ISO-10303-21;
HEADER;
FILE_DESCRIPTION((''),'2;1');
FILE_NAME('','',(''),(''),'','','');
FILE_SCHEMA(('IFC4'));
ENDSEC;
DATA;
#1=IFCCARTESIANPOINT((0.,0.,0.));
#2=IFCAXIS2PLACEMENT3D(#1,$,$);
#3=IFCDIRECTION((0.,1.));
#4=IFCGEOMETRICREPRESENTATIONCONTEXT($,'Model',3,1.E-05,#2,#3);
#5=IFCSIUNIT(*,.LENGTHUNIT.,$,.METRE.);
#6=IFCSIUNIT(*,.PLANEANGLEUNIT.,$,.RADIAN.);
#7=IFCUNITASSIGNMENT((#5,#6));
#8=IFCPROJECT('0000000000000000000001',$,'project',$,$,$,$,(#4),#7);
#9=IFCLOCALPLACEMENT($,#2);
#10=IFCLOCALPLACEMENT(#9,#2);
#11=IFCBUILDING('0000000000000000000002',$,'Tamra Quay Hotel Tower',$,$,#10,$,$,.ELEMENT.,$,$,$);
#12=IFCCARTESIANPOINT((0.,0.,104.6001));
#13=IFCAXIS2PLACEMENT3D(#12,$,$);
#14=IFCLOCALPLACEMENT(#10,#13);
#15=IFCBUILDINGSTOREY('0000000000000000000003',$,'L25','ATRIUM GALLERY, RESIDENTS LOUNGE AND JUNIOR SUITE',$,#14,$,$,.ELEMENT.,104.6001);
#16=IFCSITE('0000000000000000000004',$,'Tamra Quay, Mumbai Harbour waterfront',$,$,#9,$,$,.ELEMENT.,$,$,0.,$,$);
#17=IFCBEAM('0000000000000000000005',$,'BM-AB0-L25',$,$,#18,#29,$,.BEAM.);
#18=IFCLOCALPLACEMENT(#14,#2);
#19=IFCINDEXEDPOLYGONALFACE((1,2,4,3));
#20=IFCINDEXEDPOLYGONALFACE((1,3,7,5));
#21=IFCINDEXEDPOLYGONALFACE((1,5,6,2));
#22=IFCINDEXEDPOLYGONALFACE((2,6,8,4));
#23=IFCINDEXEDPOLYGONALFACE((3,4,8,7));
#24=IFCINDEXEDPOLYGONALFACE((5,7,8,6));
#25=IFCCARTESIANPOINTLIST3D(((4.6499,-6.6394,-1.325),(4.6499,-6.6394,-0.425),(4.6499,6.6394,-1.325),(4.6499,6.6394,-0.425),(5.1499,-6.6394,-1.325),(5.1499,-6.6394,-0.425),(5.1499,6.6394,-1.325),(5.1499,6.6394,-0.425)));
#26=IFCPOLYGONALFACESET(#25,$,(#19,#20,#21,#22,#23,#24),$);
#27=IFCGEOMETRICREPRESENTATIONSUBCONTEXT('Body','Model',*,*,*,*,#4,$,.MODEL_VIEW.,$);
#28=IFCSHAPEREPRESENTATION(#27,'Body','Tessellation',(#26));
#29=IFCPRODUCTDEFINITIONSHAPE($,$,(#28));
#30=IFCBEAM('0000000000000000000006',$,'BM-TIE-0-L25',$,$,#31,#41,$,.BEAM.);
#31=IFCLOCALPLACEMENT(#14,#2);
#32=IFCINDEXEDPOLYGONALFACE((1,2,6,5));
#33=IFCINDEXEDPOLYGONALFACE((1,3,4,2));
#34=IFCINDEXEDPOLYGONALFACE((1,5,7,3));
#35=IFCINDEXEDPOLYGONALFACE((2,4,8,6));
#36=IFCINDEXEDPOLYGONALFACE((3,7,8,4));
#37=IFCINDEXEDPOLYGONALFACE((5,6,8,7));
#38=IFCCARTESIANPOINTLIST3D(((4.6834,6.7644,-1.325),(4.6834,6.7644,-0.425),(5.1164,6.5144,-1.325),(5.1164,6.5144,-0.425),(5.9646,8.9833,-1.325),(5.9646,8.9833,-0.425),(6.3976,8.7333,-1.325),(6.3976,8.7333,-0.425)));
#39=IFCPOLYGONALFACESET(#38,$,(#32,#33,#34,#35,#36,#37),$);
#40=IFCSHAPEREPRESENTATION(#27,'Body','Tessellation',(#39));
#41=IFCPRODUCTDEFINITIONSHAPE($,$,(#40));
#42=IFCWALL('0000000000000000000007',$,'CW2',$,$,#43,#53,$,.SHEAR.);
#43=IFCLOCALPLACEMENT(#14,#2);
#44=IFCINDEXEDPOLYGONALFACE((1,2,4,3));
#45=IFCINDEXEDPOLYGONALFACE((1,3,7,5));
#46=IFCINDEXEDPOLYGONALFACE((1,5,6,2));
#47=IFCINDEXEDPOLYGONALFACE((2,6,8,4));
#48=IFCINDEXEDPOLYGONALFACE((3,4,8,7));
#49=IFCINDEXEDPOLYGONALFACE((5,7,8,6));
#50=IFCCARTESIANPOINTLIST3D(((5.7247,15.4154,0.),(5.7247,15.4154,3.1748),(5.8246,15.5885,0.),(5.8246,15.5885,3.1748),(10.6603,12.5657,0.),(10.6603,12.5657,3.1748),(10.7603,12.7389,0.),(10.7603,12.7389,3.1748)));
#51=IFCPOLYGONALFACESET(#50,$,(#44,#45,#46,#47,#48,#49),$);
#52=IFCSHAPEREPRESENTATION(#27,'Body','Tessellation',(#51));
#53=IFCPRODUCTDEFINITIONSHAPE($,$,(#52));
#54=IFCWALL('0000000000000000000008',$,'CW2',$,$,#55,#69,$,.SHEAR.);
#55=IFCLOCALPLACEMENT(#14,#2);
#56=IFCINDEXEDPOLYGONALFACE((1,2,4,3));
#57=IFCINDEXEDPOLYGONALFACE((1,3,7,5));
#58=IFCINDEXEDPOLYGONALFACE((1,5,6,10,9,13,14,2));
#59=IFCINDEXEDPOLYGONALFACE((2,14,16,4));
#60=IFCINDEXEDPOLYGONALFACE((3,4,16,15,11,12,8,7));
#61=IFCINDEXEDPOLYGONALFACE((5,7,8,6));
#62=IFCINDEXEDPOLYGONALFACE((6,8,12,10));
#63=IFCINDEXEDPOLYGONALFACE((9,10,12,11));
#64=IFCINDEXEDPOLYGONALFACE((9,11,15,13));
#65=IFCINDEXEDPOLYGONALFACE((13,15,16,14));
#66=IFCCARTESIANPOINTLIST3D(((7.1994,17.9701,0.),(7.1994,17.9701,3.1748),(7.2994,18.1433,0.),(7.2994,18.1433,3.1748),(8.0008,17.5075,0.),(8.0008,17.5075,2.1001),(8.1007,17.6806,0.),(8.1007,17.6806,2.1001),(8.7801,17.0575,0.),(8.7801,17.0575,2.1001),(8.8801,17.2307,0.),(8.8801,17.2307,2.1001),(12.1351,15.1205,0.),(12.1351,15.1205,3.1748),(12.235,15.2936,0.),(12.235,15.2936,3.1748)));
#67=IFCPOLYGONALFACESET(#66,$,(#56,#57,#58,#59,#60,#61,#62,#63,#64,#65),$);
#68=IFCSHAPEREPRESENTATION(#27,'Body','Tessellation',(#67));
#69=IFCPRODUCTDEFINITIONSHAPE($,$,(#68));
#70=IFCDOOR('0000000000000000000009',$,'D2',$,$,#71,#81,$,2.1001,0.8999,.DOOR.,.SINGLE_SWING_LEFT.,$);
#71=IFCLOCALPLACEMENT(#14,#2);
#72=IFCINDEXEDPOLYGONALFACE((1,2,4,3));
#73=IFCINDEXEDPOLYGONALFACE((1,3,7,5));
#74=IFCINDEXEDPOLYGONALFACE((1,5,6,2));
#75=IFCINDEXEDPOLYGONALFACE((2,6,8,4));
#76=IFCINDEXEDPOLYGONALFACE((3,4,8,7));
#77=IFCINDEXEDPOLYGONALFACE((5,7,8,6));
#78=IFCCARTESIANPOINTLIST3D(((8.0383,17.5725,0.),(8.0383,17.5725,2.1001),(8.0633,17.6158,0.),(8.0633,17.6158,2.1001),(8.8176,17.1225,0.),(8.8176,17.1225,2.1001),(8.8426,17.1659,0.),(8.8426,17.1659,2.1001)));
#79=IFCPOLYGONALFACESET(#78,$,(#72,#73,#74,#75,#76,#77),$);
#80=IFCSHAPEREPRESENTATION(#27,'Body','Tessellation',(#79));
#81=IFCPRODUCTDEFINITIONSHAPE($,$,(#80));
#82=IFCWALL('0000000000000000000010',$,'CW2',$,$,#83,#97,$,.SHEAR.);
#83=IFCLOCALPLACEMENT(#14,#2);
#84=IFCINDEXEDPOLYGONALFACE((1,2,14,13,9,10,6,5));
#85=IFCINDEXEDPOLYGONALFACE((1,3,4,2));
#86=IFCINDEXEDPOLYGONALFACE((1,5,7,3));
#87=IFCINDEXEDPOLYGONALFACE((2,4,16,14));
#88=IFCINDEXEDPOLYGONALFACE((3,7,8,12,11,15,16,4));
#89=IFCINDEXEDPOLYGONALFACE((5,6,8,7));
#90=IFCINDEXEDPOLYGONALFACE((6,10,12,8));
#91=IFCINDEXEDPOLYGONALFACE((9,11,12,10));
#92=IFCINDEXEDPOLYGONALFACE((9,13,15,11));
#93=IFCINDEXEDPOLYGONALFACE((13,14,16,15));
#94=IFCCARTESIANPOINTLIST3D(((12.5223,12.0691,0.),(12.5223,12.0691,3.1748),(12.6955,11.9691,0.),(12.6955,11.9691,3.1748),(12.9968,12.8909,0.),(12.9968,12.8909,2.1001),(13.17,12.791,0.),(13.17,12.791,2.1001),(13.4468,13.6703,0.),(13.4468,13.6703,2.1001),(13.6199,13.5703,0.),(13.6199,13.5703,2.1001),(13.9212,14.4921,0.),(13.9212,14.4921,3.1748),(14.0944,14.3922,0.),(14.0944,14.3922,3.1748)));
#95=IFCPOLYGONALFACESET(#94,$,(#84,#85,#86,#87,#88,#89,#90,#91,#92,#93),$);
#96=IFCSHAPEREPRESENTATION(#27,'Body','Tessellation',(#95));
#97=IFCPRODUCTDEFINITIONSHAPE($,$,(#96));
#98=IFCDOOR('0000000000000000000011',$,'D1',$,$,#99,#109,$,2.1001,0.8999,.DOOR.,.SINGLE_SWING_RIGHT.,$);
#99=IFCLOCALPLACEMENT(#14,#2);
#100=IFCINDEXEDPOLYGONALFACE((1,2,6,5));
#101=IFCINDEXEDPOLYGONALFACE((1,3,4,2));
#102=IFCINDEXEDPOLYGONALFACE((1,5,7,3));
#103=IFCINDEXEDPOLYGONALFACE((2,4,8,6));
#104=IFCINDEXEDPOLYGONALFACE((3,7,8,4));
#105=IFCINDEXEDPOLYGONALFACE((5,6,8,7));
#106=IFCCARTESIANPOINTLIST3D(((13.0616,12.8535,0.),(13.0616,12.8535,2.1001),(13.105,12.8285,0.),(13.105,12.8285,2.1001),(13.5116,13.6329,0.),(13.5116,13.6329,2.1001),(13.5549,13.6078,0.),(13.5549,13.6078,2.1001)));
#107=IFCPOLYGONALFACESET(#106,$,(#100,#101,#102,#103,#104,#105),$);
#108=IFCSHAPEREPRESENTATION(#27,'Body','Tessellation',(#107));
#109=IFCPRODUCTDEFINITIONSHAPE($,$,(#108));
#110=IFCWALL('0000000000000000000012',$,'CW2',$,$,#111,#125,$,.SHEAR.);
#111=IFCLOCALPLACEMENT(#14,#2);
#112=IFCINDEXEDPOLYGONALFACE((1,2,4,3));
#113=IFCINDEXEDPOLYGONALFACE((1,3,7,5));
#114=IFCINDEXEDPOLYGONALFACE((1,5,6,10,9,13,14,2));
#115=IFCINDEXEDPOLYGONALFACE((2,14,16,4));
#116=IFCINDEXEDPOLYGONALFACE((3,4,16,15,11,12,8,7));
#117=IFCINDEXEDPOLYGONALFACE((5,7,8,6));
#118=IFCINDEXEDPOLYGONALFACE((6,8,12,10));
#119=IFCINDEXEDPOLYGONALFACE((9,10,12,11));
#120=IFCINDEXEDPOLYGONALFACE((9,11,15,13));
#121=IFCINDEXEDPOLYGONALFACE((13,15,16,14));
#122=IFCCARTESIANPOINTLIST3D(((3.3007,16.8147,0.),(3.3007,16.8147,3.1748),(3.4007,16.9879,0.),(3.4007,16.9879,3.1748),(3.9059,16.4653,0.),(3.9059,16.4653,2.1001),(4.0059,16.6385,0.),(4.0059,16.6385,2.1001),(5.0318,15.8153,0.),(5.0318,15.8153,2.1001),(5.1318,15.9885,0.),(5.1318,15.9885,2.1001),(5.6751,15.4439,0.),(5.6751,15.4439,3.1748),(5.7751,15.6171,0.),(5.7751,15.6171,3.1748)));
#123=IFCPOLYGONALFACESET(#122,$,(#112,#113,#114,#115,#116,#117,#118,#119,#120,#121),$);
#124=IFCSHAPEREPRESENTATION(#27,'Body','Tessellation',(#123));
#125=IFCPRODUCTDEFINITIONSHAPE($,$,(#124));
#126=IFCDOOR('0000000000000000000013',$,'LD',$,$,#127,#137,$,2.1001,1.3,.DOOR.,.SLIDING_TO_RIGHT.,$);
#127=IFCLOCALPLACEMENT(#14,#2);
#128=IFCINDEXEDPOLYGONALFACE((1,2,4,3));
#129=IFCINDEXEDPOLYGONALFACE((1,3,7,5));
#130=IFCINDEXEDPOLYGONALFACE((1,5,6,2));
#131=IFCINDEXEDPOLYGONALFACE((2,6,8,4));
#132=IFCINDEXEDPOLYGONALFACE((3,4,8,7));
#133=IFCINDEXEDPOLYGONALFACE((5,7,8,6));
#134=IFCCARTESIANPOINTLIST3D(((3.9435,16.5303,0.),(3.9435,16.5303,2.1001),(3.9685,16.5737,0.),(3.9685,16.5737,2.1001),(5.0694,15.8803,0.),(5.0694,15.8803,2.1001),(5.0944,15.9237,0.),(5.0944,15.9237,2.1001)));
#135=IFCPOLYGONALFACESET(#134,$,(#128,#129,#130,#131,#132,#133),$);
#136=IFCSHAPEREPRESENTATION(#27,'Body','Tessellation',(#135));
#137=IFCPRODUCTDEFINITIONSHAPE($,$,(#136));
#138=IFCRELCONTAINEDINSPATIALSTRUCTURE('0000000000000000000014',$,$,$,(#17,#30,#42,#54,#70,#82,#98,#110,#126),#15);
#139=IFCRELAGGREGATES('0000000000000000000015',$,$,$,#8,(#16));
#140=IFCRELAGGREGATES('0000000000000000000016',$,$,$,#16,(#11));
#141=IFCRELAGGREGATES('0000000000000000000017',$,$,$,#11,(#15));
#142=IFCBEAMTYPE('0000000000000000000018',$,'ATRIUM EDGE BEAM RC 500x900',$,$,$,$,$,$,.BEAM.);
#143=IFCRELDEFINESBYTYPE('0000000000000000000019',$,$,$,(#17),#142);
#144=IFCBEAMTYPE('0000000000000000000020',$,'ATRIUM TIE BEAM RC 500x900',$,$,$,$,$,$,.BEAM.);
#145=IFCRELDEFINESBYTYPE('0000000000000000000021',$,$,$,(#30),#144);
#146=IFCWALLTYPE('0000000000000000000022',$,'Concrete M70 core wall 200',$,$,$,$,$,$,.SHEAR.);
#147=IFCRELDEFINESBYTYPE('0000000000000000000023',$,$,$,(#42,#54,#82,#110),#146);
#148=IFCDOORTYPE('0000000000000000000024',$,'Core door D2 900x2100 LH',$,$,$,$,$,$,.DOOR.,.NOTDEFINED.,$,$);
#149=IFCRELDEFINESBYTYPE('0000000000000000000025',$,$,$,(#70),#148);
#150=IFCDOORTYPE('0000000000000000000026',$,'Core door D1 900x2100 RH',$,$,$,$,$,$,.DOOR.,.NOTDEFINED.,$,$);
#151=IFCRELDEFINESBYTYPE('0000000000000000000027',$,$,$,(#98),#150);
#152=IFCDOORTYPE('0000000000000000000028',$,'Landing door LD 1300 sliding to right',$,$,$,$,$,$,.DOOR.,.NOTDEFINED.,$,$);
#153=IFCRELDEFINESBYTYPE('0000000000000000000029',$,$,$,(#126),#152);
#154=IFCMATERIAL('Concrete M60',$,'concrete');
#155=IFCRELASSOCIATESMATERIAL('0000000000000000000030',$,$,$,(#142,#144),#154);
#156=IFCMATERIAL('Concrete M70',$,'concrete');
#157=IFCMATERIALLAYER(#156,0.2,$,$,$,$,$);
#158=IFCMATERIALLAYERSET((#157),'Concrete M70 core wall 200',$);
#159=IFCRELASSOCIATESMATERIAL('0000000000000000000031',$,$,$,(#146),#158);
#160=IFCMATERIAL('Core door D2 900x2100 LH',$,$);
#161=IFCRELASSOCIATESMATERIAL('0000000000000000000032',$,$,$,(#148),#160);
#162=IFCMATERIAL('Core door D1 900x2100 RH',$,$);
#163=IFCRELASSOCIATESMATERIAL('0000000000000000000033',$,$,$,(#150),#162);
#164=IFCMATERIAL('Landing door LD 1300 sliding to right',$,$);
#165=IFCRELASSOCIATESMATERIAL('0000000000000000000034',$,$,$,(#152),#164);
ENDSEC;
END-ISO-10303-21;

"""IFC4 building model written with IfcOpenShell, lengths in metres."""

from ifc_helpers import new_model, si_unit, direction, frame, frame_2d, origin, origin_2d, place, context, subcontext, project, spatial, rectangle, extrude, material, layer, layer_set, material_profile, profile_set, type_object, element, fill, save


model = new_model("IFC4")

# Units and contexts
model_context = context("Model", 3, precision=1e-05, world=origin(), true_north=direction((0.0, 1.0)))
body_context = subcontext(model_context, "Body", "Model", "MODEL_VIEW")
ifc_project = project(units=[si_unit("LENGTHUNIT", "METRE"), si_unit("PLANEANGLEUNIT", "RADIAN")], contexts=[model_context])

# Site, building, storey
site_placement = place(None, origin())
site = spatial("IfcSite", under=ifc_project, at=site_placement, Name="Tamra Quay, Mumbai Harbour waterfront", CompositionType="ELEMENT", RefElevation=0.0)
building_placement = place(site_placement, origin())
building = spatial("IfcBuilding", under=site, at=building_placement, Name="Tamra Quay Hotel Tower", CompositionType="ELEMENT")
storey_placement = place(building_placement, frame((0.0, 0.0, 104.6001)))
storey = spatial("IfcBuildingStorey", under=building, at=storey_placement, Name="L25", Description="ATRIUM GALLERY, RESIDENTS LOUNGE AND JUNIOR SUITE", CompositionType="ELEMENT", Elevation=104.6001)

# Beams
ifc_material_1 = material(Name="Concrete M60", Category="concrete")
ifc_material_profile_1 = material_profile(ifc_material_1, rectangle(XDim=0.5, YDim=0.8999, at=origin_2d()), Name="ATRIUM EDGE BEAM RC 500x900")
ifc_profile_set_1 = profile_set([ifc_material_profile_1], Name="Concrete M60")
beam_type_1 = type_object("IfcBeamType", Name="ATRIUM EDGE BEAM RC 500x900", PredefinedType="BEAM", material=ifc_profile_set_1)
beam_1_placement = place(storey_placement, frame((4.8999, 6.6394, -0.875), z_axis=(0.0, -1.0, 0.0), x_axis=(1.0, 0.0, 0.0)))
element("IfcBeam", 1, at=beam_1_placement, inside=storey, type_object=beam_type_1, Name="BM-AB0-L25", PredefinedType="BEAM", context=body_context, shape_type="SweptSolid", body=[
    extrude(rectangle(XDim=0.5, YDim=0.8999, at=origin_2d()), origin(), (0.0, 0.0, 1.0), 13.2788),
])
ifc_material_profile_2 = material_profile(ifc_material_1, rectangle(XDim=0.5, YDim=0.8999, at=origin_2d()), Name="ATRIUM TIE BEAM RC 500x900")
ifc_profile_set_2 = profile_set([ifc_material_profile_2], Name="Concrete M60")
beam_type_2 = type_object("IfcBeamType", Name="ATRIUM TIE BEAM RC 500x900", PredefinedType="BEAM", material=ifc_profile_set_2)
beam_2_placement = place(storey_placement, frame((4.8999, 6.6394, -0.875), z_axis=(0.500033, 0.866006, 0.0), x_axis=(-0.866006, 0.500033, 0.0)))
element("IfcBeam", 2, at=beam_2_placement, inside=storey, type_object=beam_type_2, Name="BM-TIE-0-L25", PredefinedType="BEAM", context=body_context, shape_type="SweptSolid", body=[
    extrude(rectangle(XDim=0.5, YDim=0.8999, at=origin_2d()), origin(), (0.0, 0.0, 1.0), 2.5623),
])

# Wall
ifc_material_2 = material(Name="Concrete M70", Category="concrete")
ifc_layer_1 = layer(ifc_material_2, 0.2)
ifc_layer_set_1 = layer_set([ifc_layer_1], Name="Concrete M70 core wall 200")
wall_type_1 = type_object("IfcWallType", Name="Concrete M70 core wall 200", PredefinedType="SHEAR", material=ifc_layer_set_1)
wall_1_placement = place(storey_placement, frame((5.7747, 15.502, 0.0), z_axis=(0.0, 0.0, 1.0), x_axis=(0.86602, -0.500009, 0.0)))
element("IfcWall", 3, at=wall_1_placement, inside=storey, type_object=wall_type_1, Name="CW2", PredefinedType="SHEAR", context=body_context, shape_type="SweptSolid", body=[
    extrude(rectangle(XDim=5.6992, YDim=0.2, at=frame_2d((2.8496, 0.0))), origin(), (0.0, 0.0, 1.0), 3.1748),
])

# Walls, openings, doors
wall_2_placement = place(storey_placement, frame((12.1851, 15.207, 0.0), z_axis=(0.0, 0.0, 1.0), x_axis=(-0.86602, 0.500009, 0.0)))
wall_2 = element("IfcWall", 4, at=wall_2_placement, inside=storey, type_object=wall_type_1, Name="CW2", PredefinedType="SHEAR", context=body_context, shape_type="SweptSolid", body=[
    extrude(rectangle(XDim=5.6992, YDim=0.2, at=frame_2d((2.8496, 0.0))), origin(), (0.0, 0.0, 1.0), 3.1748),
])
opening_1_placement = place(wall_2_placement, frame((3.874, 0.0, 0.0)))
opening_1 = element("IfcOpeningElement", 5, at=opening_1_placement, cuts=wall_2, PredefinedType="OPENING", context=body_context, shape_type="SweptSolid", body=[
    extrude(rectangle(XDim=0.8999, YDim=2.1001, at=frame_2d((0.45, 1.05))), frame((0.0, 0.1099, 0.0), z_axis=(0.0, -1.0, 0.0), x_axis=(1.0, 0.0, 0.0)), (0.0, 0.0, 1.0), 0.22),
])
ifc_material_3 = material(Name="Core door D2 900x2100 LH")
door_type_1 = type_object("IfcDoorType", Name="Core door D2 900x2100 LH", OperationType="NOTDEFINED", PredefinedType="DOOR", material=ifc_material_3)
door_1_placement = place(opening_1_placement, origin())
door_1 = element("IfcDoor", 6, at=door_1_placement, inside=storey, type_object=door_type_1, Name="D2", OperationType="SINGLE_SWING_LEFT", OverallHeight=2.1001, OverallWidth=0.8999, PredefinedType="DOOR", context=body_context, shape_type="SweptSolid", body=[
    extrude(rectangle(XDim=0.8999, YDim=2.1001, at=frame_2d((0.45, 1.05))), frame((0.0, 0.0249, 0.0), z_axis=(0.0, -1.0, 0.0), x_axis=(1.0, 0.0, 0.0)), (0.0, 0.0, 1.0), 0.05),
])
fill(opening_1, door_1)
wall_3_placement = place(storey_placement, frame((14.0078, 14.4421, 0.0), z_axis=(0.0, 0.0, 1.0), x_axis=(-0.499987, -0.866033, 0.0)))
wall_3 = element("IfcWall", 7, at=wall_3_placement, inside=storey, type_object=wall_type_1, Name="CW2", PredefinedType="SHEAR", context=body_context, shape_type="SweptSolid", body=[
    extrude(rectangle(XDim=2.7979, YDim=0.2, at=frame_2d((1.3989, 0.0))), origin(), (0.0, 0.0, 1.0), 3.1748),
])
opening_2_placement = place(wall_3_placement, frame((0.949, 0.0, 0.0)))
opening_2 = element("IfcOpeningElement", 8, at=opening_2_placement, cuts=wall_3, PredefinedType="OPENING", context=body_context, shape_type="SweptSolid", body=[
    extrude(rectangle(XDim=0.8999, YDim=2.1001, at=frame_2d((0.45, 1.05))), frame((0.0, 0.1099, 0.0), z_axis=(0.0, -1.0, 0.0), x_axis=(1.0, 0.0, 0.0)), (0.0, 0.0, 1.0), 0.22),
])
ifc_material_4 = material(Name="Core door D1 900x2100 RH")
door_type_2 = type_object("IfcDoorType", Name="Core door D1 900x2100 RH", OperationType="NOTDEFINED", PredefinedType="DOOR", material=ifc_material_4)
door_2_placement = place(opening_2_placement, origin())
door_2 = element("IfcDoor", 9, at=door_2_placement, inside=storey, type_object=door_type_2, Name="D1", OperationType="SINGLE_SWING_RIGHT", OverallHeight=2.1001, OverallWidth=0.8999, PredefinedType="DOOR", context=body_context, shape_type="SweptSolid", body=[
    extrude(rectangle(XDim=0.8999, YDim=2.1001, at=frame_2d((0.45, 1.05))), frame((0.0, 0.0249, 0.0), z_axis=(0.0, -1.0, 0.0), x_axis=(1.0, 0.0, 0.0)), (0.0, 0.0, 1.0), 0.05),
])
fill(opening_2, door_2)
wall_4_placement = place(storey_placement, frame((5.7251, 15.5305, 0.0), z_axis=(0.0, 0.0, 1.0), x_axis=(-0.866037, 0.499979, 0.0)))
wall_4 = element("IfcWall", 10, at=wall_4_placement, inside=storey, type_object=wall_type_1, Name="CW2", PredefinedType="SHEAR", context=body_context, shape_type="SweptSolid", body=[
    extrude(rectangle(XDim=2.7417, YDim=0.2, at=frame_2d((1.3708, 0.0))), origin(), (0.0, 0.0, 1.0), 3.1748),
])
opening_3_placement = place(wall_4_placement, frame((0.7429, 0.0, 0.0)))
opening_3 = element("IfcOpeningElement", 11, at=opening_3_placement, cuts=wall_4, PredefinedType="OPENING", context=body_context, shape_type="SweptSolid", body=[
    extrude(rectangle(XDim=1.3, YDim=2.1001, at=frame_2d((0.6499, 1.05))), frame((0.0, 0.1099, 0.0), z_axis=(0.0, -1.0, 0.0), x_axis=(1.0, 0.0, 0.0)), (0.0, 0.0, 1.0), 0.22),
])
ifc_material_5 = material(Name="Landing door LD 1300 sliding to right")
door_type_3 = type_object("IfcDoorType", Name="Landing door LD 1300 sliding to right", OperationType="NOTDEFINED", PredefinedType="DOOR", material=ifc_material_5)
door_3_placement = place(opening_3_placement, origin())
door_3 = element("IfcDoor", 12, at=door_3_placement, inside=storey, type_object=door_type_3, Name="LD", OperationType="SLIDING_TO_RIGHT", OverallHeight=2.1001, OverallWidth=1.3, PredefinedType="DOOR", context=body_context, shape_type="SweptSolid", body=[
    extrude(rectangle(XDim=1.3, YDim=2.1001, at=frame_2d((0.6499, 1.05))), frame((0.0, 0.0249, 0.0), z_axis=(0.0, -1.0, 0.0), x_axis=(1.0, 0.0, 0.0)), (0.0, 0.0, 1.0), 0.05),
])
fill(opening_3, door_3)

save(model, "model.ifc")
